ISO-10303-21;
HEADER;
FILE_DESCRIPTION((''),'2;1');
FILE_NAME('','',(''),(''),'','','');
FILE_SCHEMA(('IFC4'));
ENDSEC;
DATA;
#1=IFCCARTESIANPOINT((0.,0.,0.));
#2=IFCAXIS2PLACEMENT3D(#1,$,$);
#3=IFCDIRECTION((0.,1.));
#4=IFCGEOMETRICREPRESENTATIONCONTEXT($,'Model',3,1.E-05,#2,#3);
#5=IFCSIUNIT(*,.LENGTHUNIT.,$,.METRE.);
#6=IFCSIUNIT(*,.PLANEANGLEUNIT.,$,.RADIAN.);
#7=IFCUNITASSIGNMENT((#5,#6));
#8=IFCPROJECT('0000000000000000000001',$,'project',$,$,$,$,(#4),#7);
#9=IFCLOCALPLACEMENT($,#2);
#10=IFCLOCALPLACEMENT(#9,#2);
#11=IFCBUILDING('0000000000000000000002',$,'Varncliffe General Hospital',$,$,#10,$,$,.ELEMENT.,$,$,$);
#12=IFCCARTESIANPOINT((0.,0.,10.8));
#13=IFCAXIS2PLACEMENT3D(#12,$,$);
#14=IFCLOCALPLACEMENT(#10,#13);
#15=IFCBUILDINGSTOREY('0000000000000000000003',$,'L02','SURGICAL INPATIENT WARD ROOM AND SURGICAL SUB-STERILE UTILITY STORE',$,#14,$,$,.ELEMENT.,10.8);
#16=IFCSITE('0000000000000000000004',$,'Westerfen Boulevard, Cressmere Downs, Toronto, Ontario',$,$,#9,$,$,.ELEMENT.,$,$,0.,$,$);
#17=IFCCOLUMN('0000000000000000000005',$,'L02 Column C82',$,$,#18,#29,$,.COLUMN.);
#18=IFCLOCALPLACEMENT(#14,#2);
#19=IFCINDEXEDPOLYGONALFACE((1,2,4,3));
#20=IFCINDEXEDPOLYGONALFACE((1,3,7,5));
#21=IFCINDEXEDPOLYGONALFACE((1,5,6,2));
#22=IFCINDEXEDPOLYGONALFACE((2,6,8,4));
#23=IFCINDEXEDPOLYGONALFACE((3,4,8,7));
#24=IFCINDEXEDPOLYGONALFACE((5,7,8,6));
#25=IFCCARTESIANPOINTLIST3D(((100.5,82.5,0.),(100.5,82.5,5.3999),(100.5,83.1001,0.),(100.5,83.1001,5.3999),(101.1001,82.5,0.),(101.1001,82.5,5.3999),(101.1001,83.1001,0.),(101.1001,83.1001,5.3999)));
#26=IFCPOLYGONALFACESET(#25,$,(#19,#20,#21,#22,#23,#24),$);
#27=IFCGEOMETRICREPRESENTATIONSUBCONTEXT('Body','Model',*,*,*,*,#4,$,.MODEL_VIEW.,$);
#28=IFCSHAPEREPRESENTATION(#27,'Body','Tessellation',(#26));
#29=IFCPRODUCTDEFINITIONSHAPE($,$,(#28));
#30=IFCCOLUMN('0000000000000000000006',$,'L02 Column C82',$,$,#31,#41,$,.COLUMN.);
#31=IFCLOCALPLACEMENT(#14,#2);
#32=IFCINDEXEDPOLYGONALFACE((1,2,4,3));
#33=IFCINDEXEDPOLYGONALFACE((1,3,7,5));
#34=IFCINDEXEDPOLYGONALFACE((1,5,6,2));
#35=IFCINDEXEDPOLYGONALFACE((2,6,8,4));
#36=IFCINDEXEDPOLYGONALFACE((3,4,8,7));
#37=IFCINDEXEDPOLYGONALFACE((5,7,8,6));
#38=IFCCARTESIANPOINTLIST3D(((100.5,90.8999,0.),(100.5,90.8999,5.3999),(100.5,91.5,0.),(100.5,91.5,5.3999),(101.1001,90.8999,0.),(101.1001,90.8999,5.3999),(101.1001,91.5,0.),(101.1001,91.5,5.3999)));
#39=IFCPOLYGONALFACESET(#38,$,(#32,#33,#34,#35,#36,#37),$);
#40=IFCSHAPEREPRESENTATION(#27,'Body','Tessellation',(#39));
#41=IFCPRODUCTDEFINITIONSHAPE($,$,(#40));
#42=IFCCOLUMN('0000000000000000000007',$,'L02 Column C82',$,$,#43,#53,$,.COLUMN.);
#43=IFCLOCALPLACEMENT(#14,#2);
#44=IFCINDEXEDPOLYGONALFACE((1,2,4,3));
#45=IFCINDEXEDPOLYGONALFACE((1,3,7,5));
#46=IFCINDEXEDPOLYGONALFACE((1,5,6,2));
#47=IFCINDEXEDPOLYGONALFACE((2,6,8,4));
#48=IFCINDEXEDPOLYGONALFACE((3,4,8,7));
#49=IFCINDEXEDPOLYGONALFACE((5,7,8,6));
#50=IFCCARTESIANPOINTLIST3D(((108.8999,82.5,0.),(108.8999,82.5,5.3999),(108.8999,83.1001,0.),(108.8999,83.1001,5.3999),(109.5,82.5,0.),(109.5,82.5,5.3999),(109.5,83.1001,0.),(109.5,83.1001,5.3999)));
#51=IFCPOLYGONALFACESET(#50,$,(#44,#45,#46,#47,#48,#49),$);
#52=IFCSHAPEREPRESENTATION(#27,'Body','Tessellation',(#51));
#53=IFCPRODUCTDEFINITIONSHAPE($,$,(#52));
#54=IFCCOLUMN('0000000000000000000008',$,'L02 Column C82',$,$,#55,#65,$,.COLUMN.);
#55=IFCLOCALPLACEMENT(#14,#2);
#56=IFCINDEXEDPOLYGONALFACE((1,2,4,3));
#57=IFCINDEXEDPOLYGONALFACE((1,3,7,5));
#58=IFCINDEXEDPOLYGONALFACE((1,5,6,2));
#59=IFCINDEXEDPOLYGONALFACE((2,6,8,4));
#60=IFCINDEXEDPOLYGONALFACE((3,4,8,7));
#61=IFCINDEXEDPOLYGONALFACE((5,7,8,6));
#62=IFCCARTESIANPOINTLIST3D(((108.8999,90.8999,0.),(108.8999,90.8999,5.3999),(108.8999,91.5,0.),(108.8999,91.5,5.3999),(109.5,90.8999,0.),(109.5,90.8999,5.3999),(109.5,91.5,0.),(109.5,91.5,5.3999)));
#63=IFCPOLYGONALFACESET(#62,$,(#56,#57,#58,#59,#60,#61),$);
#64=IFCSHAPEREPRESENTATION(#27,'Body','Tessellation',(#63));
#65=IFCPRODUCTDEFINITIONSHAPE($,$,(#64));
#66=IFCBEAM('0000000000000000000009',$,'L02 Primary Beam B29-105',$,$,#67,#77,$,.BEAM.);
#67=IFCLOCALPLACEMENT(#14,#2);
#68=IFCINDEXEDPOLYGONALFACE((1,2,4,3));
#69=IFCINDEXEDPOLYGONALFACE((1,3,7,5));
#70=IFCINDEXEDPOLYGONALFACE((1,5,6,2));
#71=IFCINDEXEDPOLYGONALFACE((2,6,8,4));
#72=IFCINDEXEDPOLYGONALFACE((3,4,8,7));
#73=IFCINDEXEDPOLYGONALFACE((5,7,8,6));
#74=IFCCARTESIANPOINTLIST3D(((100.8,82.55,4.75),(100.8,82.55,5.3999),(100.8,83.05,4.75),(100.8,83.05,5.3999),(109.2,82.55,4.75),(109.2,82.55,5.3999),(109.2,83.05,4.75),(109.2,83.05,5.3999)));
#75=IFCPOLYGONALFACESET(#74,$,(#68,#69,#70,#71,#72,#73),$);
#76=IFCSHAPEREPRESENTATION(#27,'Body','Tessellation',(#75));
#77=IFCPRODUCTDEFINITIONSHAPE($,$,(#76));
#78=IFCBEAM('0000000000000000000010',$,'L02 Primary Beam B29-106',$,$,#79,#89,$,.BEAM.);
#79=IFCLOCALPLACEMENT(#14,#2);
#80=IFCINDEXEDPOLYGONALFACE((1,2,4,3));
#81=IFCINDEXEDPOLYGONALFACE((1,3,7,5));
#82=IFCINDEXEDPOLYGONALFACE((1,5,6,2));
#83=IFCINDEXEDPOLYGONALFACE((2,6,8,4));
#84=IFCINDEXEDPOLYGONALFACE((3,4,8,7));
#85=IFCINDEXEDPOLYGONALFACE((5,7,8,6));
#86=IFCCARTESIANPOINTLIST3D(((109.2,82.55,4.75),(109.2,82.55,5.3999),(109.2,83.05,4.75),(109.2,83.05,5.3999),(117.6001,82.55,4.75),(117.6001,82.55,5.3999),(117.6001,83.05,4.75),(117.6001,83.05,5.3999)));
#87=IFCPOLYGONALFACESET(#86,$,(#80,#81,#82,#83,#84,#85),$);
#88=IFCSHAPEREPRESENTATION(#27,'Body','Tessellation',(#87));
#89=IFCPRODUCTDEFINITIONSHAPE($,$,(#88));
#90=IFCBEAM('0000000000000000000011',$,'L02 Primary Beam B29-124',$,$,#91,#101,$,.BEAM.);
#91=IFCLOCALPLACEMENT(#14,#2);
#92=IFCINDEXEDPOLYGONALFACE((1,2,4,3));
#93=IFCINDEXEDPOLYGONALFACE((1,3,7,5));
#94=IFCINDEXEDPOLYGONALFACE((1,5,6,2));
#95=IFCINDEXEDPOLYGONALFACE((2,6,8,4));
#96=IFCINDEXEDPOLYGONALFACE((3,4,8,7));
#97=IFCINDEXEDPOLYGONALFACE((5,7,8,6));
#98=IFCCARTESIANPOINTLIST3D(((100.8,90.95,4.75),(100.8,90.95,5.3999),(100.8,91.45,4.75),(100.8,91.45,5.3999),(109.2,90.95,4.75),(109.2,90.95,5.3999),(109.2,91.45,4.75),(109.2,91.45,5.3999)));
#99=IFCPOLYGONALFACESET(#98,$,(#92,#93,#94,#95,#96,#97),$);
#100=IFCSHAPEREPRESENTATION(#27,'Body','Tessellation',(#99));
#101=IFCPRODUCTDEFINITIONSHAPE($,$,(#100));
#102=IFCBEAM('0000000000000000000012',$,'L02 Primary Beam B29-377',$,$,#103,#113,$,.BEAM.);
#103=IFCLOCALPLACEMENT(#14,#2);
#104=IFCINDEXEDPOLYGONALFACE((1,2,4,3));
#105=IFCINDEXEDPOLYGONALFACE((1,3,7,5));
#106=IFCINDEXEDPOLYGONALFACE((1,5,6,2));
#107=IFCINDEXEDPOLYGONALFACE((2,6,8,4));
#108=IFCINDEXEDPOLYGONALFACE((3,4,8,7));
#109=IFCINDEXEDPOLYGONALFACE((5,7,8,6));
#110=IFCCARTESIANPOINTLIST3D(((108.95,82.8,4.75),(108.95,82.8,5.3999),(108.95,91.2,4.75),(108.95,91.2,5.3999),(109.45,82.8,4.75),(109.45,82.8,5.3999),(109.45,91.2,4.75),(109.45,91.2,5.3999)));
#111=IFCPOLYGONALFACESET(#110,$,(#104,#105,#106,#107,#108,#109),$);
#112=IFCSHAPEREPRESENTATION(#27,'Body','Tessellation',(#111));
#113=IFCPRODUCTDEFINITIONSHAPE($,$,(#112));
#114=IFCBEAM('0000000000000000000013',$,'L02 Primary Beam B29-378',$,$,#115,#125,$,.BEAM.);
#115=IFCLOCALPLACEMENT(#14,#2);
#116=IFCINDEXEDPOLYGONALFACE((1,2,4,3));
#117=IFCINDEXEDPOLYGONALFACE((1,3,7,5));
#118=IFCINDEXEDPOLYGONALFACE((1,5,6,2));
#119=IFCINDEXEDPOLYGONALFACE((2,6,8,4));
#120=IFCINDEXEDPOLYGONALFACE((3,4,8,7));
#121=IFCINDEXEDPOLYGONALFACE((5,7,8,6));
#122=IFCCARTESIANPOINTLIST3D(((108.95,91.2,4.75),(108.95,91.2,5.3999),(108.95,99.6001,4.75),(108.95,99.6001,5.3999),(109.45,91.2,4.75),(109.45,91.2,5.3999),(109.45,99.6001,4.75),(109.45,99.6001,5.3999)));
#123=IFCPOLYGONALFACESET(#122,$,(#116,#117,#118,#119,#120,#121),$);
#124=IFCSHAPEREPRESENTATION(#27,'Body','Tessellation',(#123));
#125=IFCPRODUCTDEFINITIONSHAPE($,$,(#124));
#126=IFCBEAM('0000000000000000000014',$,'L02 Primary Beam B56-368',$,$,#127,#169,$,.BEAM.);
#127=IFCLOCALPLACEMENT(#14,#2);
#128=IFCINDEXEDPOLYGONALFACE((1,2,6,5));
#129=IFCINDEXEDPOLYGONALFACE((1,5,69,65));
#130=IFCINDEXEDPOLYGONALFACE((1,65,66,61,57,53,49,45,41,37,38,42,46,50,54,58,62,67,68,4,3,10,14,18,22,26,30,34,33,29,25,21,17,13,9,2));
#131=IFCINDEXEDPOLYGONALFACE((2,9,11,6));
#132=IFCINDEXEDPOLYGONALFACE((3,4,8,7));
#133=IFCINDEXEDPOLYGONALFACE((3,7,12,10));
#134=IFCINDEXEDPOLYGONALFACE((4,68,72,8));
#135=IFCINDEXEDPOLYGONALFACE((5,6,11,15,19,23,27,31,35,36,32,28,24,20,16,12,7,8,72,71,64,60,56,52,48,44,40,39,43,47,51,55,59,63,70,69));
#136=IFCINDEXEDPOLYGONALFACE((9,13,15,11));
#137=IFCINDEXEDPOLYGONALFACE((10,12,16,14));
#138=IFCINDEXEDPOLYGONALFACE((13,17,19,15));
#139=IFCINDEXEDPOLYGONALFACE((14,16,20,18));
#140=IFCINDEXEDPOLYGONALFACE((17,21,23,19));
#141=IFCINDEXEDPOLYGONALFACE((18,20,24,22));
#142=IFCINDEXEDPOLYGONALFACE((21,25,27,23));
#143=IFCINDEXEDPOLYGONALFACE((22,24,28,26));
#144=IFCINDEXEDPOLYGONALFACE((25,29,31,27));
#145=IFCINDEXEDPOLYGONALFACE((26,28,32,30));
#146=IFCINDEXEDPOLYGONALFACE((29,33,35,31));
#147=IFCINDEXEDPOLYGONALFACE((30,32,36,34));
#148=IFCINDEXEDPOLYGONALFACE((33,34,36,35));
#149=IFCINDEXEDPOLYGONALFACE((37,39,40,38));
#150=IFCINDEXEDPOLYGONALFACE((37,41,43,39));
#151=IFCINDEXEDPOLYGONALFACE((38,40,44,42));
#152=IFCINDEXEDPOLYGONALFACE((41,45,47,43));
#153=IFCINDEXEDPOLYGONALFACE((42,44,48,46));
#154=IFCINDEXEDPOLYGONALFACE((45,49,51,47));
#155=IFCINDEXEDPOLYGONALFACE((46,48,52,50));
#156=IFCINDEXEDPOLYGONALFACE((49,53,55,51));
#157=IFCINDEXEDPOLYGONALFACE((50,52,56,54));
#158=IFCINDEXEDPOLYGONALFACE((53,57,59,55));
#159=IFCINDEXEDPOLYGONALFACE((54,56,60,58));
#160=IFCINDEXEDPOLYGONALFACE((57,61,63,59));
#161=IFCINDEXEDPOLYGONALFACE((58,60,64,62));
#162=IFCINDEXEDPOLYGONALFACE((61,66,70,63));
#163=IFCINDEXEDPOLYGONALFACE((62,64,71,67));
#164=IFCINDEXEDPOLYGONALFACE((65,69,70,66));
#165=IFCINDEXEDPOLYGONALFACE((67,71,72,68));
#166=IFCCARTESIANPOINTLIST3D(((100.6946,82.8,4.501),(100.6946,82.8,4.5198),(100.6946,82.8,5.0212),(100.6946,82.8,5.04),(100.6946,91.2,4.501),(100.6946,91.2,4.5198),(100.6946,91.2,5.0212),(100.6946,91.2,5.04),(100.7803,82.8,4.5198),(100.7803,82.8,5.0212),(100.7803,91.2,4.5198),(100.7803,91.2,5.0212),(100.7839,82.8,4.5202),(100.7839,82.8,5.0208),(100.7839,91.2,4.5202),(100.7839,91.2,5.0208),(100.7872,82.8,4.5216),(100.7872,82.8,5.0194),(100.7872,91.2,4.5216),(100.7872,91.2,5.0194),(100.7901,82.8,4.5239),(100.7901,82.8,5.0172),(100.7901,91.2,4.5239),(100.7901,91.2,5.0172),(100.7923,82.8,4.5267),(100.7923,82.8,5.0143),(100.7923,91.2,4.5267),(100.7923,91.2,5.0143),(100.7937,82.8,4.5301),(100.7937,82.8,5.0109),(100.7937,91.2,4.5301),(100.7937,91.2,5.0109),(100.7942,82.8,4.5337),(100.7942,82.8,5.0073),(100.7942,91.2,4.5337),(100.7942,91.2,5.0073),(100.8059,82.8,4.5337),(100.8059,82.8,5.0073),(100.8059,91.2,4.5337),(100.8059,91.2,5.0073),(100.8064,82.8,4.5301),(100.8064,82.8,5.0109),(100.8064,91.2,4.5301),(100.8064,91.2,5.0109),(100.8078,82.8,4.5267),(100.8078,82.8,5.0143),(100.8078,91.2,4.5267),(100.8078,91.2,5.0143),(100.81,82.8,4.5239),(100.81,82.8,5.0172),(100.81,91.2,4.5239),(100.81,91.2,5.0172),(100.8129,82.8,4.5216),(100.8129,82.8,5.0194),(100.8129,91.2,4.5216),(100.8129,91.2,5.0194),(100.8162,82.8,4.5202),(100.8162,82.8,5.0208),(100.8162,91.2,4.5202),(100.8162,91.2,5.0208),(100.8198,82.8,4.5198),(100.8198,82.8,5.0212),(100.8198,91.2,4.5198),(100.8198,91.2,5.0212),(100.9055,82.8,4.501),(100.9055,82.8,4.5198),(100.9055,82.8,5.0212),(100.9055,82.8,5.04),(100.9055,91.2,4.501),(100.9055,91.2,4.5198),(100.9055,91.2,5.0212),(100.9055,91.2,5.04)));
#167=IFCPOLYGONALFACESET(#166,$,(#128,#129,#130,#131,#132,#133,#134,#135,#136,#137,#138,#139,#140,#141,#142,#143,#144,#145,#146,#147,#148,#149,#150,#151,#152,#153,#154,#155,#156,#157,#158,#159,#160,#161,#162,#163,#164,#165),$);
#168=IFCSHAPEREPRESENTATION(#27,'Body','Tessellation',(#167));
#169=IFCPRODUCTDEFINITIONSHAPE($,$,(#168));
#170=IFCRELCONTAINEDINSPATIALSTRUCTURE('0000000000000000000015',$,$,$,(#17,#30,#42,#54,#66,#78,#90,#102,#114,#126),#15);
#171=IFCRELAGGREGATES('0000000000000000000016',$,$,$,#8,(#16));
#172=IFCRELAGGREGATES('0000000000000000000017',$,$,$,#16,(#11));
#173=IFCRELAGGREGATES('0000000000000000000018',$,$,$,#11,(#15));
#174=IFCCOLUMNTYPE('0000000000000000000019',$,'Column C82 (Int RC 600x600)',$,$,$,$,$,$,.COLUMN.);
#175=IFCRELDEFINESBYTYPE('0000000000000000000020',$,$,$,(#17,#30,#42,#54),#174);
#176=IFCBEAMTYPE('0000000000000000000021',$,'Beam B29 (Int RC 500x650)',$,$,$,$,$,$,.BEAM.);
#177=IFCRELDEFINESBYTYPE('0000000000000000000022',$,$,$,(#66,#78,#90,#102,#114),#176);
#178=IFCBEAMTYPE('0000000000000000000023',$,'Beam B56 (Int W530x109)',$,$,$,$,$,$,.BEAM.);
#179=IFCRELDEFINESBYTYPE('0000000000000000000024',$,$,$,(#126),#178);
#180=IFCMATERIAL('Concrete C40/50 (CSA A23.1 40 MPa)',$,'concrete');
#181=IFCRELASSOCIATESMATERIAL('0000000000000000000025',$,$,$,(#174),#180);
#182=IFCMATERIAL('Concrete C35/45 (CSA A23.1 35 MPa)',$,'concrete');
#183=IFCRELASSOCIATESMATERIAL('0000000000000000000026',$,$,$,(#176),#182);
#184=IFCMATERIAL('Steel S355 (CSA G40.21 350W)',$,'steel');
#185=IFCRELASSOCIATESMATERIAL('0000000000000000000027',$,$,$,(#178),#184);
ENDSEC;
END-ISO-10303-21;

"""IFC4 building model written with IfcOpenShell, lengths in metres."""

from ifc_helpers import new_model, si_unit, direction, frame, origin, origin_2d, place, context, subcontext, project, spatial, rectangle, i_section, extrude, material, material_profile, profile_set, type_object, element, save


model = new_model("IFC4")

# Units and contexts
model_context = context("Model", 3, precision=1e-05, world=origin(), true_north=direction((0.0, 1.0)))
body_context = subcontext(model_context, "Body", "Model", "MODEL_VIEW")
ifc_project = project(units=[si_unit("LENGTHUNIT", "METRE"), si_unit("PLANEANGLEUNIT", "RADIAN")], contexts=[model_context])

# Site, building, storey
site_placement = place(None, origin())
site = spatial("IfcSite", under=ifc_project, at=site_placement, Name="Westerfen Boulevard, Cressmere Downs, Toronto, Ontario", CompositionType="ELEMENT", RefElevation=0.0)
building_placement = place(site_placement, origin())
building = spatial("IfcBuilding", under=site, at=building_placement, Name="Varncliffe General Hospital", CompositionType="ELEMENT")
storey_placement = place(building_placement, frame((0.0, 0.0, 10.8)))
storey = spatial("IfcBuildingStorey", under=building, at=storey_placement, Name="L02", Description="SURGICAL INPATIENT WARD ROOM AND SURGICAL SUB-STERILE UTILITY STORE", CompositionType="ELEMENT", Elevation=10.8)

# Columns
ifc_material_1 = material(Name="Concrete C40/50 (CSA A23.1 40 MPa)", Category="concrete")
ifc_material_profile_1 = material_profile(ifc_material_1, rectangle(XDim=0.6001, YDim=0.6001, at=origin_2d()), Name="RC 600x600")
ifc_profile_set_1 = profile_set([ifc_material_profile_1], Name="Concrete C40/50 (CSA A23.1 40 MPa)")
column_type = type_object("IfcColumnType", Name="Column C82 (Int RC 600x600)", PredefinedType="COLUMN", material=ifc_profile_set_1)
for number, where, z_axis, x_axis, name in (
    (1, (100.8, 82.8, 0.0), (0.0, 0.0, 1.0), (1.0, 0.0, 0.0), "L02 Column C82"),
    (2, (100.8, 91.2, 0.0), (0.0, 0.0, 1.0), (1.0, 0.0, 0.0), "L02 Column C82"),
    (3, (109.2, 82.8, 0.0), (0.0, 0.0, 1.0), (1.0, 0.0, 0.0), "L02 Column C82"),
    (4, (109.2, 91.2, 0.0), (0.0, 0.0, 1.0), (1.0, 0.0, 0.0), "L02 Column C82"),
):
    element("IfcColumn", number, at=place(storey_placement, frame(where, z_axis=z_axis, x_axis=x_axis)), inside=storey, type_object=column_type, Name=name, PredefinedType="COLUMN", context=body_context, shape_type="SweptSolid", body=[
        extrude(rectangle(XDim=0.6001, YDim=0.6001, at=origin_2d()), origin(), (0.0, 0.0, 1.0), 5.3999),
    ])

# Beams
ifc_material_2 = material(Name="Concrete C35/45 (CSA A23.1 35 MPa)", Category="concrete")
ifc_material_profile_2 = material_profile(ifc_material_2, rectangle(XDim=0.5, YDim=0.6499, at=origin_2d()), Name="RC 500x650")
ifc_profile_set_2 = profile_set([ifc_material_profile_2], Name="Concrete C35/45 (CSA A23.1 35 MPa)")
beam_type_1 = type_object("IfcBeamType", Name="Beam B29 (Int RC 500x650)", PredefinedType="BEAM", material=ifc_profile_set_2)
beam_1_placement = place(storey_placement, frame((100.8, 82.8, 5.075), z_axis=(1.0, 0.0, 0.0), x_axis=(0.0, 1.0, 0.0)))
element("IfcBeam", 5, at=beam_1_placement, inside=storey, type_object=beam_type_1, Name="L02 Primary Beam B29-105", PredefinedType="BEAM", context=body_context, shape_type="SweptSolid", body=[
    extrude(rectangle(XDim=0.5, YDim=0.6499, at=origin_2d()), origin(), (0.0, 0.0, 1.0), 8.3999),
])
beam_2_placement = place(storey_placement, frame((109.2, 82.8, 5.075), z_axis=(1.0, 0.0, 0.0), x_axis=(0.0, 1.0, 0.0)))
element("IfcBeam", 6, at=beam_2_placement, inside=storey, type_object=beam_type_1, Name="L02 Primary Beam B29-106", PredefinedType="BEAM", context=body_context, shape_type="SweptSolid", body=[
    extrude(rectangle(XDim=0.5, YDim=0.6499, at=origin_2d()), origin(), (0.0, 0.0, 1.0), 8.4001),
])
for number, where, z_axis, x_axis, name in (
    (7, (100.8, 91.2, 5.075), (1.0, 0.0, 0.0), (0.0, 1.0, 0.0), "L02 Primary Beam B29-124"),
    (8, (109.2, 82.8, 5.075), (0.0, 1.0, 0.0), (-1.0, 0.0, 0.0), "L02 Primary Beam B29-377"),
):
    element("IfcBeam", number, at=place(storey_placement, frame(where, z_axis=z_axis, x_axis=x_axis)), inside=storey, type_object=beam_type_1, Name=name, PredefinedType="BEAM", context=body_context, shape_type="SweptSolid", body=[
        extrude(rectangle(XDim=0.5, YDim=0.6499, at=origin_2d()), origin(), (0.0, 0.0, 1.0), 8.3999),
    ])
beam_3_placement = place(storey_placement, frame((109.2, 91.2, 5.075), z_axis=(0.0, 1.0, 0.0), x_axis=(-1.0, 0.0, 0.0)))
element("IfcBeam", 9, at=beam_3_placement, inside=storey, type_object=beam_type_1, Name="L02 Primary Beam B29-378", PredefinedType="BEAM", context=body_context, shape_type="SweptSolid", body=[
    extrude(rectangle(XDim=0.5, YDim=0.6499, at=origin_2d()), origin(), (0.0, 0.0, 1.0), 8.4001),
])
ifc_material_3 = material(Name="Steel S355 (CSA G40.21 350W)", Category="steel")
ifc_material_profile_3 = material_profile(ifc_material_3, i_section(OverallWidth=0.2109, OverallDepth=0.5391, WebThickness=0.0117, FlangeThickness=0.0188, FilletRadius=0.0139, at=origin_2d()), Name="W530x109")
ifc_profile_set_3 = profile_set([ifc_material_profile_3], Name="Steel S355 (CSA G40.21 350W)")
beam_type_2 = type_object("IfcBeamType", Name="Beam B56 (Int W530x109)", PredefinedType="BEAM", material=ifc_profile_set_3)
beam_4_placement = place(storey_placement, frame((100.8, 82.8, 4.7705), z_axis=(0.0, 1.0, 0.0), x_axis=(-1.0, 0.0, 0.0)))
element("IfcBeam", 10, at=beam_4_placement, inside=storey, type_object=beam_type_2, Name="L02 Primary Beam B56-368", PredefinedType="BEAM", context=body_context, shape_type="SweptSolid", body=[
    extrude(i_section(OverallWidth=0.2109, OverallDepth=0.5391, WebThickness=0.0117, FlangeThickness=0.0188, FilletRadius=0.0139, at=origin_2d()), origin(), (0.0, 0.0, 1.0), 8.3999),
])

save(model, "model.ifc")
